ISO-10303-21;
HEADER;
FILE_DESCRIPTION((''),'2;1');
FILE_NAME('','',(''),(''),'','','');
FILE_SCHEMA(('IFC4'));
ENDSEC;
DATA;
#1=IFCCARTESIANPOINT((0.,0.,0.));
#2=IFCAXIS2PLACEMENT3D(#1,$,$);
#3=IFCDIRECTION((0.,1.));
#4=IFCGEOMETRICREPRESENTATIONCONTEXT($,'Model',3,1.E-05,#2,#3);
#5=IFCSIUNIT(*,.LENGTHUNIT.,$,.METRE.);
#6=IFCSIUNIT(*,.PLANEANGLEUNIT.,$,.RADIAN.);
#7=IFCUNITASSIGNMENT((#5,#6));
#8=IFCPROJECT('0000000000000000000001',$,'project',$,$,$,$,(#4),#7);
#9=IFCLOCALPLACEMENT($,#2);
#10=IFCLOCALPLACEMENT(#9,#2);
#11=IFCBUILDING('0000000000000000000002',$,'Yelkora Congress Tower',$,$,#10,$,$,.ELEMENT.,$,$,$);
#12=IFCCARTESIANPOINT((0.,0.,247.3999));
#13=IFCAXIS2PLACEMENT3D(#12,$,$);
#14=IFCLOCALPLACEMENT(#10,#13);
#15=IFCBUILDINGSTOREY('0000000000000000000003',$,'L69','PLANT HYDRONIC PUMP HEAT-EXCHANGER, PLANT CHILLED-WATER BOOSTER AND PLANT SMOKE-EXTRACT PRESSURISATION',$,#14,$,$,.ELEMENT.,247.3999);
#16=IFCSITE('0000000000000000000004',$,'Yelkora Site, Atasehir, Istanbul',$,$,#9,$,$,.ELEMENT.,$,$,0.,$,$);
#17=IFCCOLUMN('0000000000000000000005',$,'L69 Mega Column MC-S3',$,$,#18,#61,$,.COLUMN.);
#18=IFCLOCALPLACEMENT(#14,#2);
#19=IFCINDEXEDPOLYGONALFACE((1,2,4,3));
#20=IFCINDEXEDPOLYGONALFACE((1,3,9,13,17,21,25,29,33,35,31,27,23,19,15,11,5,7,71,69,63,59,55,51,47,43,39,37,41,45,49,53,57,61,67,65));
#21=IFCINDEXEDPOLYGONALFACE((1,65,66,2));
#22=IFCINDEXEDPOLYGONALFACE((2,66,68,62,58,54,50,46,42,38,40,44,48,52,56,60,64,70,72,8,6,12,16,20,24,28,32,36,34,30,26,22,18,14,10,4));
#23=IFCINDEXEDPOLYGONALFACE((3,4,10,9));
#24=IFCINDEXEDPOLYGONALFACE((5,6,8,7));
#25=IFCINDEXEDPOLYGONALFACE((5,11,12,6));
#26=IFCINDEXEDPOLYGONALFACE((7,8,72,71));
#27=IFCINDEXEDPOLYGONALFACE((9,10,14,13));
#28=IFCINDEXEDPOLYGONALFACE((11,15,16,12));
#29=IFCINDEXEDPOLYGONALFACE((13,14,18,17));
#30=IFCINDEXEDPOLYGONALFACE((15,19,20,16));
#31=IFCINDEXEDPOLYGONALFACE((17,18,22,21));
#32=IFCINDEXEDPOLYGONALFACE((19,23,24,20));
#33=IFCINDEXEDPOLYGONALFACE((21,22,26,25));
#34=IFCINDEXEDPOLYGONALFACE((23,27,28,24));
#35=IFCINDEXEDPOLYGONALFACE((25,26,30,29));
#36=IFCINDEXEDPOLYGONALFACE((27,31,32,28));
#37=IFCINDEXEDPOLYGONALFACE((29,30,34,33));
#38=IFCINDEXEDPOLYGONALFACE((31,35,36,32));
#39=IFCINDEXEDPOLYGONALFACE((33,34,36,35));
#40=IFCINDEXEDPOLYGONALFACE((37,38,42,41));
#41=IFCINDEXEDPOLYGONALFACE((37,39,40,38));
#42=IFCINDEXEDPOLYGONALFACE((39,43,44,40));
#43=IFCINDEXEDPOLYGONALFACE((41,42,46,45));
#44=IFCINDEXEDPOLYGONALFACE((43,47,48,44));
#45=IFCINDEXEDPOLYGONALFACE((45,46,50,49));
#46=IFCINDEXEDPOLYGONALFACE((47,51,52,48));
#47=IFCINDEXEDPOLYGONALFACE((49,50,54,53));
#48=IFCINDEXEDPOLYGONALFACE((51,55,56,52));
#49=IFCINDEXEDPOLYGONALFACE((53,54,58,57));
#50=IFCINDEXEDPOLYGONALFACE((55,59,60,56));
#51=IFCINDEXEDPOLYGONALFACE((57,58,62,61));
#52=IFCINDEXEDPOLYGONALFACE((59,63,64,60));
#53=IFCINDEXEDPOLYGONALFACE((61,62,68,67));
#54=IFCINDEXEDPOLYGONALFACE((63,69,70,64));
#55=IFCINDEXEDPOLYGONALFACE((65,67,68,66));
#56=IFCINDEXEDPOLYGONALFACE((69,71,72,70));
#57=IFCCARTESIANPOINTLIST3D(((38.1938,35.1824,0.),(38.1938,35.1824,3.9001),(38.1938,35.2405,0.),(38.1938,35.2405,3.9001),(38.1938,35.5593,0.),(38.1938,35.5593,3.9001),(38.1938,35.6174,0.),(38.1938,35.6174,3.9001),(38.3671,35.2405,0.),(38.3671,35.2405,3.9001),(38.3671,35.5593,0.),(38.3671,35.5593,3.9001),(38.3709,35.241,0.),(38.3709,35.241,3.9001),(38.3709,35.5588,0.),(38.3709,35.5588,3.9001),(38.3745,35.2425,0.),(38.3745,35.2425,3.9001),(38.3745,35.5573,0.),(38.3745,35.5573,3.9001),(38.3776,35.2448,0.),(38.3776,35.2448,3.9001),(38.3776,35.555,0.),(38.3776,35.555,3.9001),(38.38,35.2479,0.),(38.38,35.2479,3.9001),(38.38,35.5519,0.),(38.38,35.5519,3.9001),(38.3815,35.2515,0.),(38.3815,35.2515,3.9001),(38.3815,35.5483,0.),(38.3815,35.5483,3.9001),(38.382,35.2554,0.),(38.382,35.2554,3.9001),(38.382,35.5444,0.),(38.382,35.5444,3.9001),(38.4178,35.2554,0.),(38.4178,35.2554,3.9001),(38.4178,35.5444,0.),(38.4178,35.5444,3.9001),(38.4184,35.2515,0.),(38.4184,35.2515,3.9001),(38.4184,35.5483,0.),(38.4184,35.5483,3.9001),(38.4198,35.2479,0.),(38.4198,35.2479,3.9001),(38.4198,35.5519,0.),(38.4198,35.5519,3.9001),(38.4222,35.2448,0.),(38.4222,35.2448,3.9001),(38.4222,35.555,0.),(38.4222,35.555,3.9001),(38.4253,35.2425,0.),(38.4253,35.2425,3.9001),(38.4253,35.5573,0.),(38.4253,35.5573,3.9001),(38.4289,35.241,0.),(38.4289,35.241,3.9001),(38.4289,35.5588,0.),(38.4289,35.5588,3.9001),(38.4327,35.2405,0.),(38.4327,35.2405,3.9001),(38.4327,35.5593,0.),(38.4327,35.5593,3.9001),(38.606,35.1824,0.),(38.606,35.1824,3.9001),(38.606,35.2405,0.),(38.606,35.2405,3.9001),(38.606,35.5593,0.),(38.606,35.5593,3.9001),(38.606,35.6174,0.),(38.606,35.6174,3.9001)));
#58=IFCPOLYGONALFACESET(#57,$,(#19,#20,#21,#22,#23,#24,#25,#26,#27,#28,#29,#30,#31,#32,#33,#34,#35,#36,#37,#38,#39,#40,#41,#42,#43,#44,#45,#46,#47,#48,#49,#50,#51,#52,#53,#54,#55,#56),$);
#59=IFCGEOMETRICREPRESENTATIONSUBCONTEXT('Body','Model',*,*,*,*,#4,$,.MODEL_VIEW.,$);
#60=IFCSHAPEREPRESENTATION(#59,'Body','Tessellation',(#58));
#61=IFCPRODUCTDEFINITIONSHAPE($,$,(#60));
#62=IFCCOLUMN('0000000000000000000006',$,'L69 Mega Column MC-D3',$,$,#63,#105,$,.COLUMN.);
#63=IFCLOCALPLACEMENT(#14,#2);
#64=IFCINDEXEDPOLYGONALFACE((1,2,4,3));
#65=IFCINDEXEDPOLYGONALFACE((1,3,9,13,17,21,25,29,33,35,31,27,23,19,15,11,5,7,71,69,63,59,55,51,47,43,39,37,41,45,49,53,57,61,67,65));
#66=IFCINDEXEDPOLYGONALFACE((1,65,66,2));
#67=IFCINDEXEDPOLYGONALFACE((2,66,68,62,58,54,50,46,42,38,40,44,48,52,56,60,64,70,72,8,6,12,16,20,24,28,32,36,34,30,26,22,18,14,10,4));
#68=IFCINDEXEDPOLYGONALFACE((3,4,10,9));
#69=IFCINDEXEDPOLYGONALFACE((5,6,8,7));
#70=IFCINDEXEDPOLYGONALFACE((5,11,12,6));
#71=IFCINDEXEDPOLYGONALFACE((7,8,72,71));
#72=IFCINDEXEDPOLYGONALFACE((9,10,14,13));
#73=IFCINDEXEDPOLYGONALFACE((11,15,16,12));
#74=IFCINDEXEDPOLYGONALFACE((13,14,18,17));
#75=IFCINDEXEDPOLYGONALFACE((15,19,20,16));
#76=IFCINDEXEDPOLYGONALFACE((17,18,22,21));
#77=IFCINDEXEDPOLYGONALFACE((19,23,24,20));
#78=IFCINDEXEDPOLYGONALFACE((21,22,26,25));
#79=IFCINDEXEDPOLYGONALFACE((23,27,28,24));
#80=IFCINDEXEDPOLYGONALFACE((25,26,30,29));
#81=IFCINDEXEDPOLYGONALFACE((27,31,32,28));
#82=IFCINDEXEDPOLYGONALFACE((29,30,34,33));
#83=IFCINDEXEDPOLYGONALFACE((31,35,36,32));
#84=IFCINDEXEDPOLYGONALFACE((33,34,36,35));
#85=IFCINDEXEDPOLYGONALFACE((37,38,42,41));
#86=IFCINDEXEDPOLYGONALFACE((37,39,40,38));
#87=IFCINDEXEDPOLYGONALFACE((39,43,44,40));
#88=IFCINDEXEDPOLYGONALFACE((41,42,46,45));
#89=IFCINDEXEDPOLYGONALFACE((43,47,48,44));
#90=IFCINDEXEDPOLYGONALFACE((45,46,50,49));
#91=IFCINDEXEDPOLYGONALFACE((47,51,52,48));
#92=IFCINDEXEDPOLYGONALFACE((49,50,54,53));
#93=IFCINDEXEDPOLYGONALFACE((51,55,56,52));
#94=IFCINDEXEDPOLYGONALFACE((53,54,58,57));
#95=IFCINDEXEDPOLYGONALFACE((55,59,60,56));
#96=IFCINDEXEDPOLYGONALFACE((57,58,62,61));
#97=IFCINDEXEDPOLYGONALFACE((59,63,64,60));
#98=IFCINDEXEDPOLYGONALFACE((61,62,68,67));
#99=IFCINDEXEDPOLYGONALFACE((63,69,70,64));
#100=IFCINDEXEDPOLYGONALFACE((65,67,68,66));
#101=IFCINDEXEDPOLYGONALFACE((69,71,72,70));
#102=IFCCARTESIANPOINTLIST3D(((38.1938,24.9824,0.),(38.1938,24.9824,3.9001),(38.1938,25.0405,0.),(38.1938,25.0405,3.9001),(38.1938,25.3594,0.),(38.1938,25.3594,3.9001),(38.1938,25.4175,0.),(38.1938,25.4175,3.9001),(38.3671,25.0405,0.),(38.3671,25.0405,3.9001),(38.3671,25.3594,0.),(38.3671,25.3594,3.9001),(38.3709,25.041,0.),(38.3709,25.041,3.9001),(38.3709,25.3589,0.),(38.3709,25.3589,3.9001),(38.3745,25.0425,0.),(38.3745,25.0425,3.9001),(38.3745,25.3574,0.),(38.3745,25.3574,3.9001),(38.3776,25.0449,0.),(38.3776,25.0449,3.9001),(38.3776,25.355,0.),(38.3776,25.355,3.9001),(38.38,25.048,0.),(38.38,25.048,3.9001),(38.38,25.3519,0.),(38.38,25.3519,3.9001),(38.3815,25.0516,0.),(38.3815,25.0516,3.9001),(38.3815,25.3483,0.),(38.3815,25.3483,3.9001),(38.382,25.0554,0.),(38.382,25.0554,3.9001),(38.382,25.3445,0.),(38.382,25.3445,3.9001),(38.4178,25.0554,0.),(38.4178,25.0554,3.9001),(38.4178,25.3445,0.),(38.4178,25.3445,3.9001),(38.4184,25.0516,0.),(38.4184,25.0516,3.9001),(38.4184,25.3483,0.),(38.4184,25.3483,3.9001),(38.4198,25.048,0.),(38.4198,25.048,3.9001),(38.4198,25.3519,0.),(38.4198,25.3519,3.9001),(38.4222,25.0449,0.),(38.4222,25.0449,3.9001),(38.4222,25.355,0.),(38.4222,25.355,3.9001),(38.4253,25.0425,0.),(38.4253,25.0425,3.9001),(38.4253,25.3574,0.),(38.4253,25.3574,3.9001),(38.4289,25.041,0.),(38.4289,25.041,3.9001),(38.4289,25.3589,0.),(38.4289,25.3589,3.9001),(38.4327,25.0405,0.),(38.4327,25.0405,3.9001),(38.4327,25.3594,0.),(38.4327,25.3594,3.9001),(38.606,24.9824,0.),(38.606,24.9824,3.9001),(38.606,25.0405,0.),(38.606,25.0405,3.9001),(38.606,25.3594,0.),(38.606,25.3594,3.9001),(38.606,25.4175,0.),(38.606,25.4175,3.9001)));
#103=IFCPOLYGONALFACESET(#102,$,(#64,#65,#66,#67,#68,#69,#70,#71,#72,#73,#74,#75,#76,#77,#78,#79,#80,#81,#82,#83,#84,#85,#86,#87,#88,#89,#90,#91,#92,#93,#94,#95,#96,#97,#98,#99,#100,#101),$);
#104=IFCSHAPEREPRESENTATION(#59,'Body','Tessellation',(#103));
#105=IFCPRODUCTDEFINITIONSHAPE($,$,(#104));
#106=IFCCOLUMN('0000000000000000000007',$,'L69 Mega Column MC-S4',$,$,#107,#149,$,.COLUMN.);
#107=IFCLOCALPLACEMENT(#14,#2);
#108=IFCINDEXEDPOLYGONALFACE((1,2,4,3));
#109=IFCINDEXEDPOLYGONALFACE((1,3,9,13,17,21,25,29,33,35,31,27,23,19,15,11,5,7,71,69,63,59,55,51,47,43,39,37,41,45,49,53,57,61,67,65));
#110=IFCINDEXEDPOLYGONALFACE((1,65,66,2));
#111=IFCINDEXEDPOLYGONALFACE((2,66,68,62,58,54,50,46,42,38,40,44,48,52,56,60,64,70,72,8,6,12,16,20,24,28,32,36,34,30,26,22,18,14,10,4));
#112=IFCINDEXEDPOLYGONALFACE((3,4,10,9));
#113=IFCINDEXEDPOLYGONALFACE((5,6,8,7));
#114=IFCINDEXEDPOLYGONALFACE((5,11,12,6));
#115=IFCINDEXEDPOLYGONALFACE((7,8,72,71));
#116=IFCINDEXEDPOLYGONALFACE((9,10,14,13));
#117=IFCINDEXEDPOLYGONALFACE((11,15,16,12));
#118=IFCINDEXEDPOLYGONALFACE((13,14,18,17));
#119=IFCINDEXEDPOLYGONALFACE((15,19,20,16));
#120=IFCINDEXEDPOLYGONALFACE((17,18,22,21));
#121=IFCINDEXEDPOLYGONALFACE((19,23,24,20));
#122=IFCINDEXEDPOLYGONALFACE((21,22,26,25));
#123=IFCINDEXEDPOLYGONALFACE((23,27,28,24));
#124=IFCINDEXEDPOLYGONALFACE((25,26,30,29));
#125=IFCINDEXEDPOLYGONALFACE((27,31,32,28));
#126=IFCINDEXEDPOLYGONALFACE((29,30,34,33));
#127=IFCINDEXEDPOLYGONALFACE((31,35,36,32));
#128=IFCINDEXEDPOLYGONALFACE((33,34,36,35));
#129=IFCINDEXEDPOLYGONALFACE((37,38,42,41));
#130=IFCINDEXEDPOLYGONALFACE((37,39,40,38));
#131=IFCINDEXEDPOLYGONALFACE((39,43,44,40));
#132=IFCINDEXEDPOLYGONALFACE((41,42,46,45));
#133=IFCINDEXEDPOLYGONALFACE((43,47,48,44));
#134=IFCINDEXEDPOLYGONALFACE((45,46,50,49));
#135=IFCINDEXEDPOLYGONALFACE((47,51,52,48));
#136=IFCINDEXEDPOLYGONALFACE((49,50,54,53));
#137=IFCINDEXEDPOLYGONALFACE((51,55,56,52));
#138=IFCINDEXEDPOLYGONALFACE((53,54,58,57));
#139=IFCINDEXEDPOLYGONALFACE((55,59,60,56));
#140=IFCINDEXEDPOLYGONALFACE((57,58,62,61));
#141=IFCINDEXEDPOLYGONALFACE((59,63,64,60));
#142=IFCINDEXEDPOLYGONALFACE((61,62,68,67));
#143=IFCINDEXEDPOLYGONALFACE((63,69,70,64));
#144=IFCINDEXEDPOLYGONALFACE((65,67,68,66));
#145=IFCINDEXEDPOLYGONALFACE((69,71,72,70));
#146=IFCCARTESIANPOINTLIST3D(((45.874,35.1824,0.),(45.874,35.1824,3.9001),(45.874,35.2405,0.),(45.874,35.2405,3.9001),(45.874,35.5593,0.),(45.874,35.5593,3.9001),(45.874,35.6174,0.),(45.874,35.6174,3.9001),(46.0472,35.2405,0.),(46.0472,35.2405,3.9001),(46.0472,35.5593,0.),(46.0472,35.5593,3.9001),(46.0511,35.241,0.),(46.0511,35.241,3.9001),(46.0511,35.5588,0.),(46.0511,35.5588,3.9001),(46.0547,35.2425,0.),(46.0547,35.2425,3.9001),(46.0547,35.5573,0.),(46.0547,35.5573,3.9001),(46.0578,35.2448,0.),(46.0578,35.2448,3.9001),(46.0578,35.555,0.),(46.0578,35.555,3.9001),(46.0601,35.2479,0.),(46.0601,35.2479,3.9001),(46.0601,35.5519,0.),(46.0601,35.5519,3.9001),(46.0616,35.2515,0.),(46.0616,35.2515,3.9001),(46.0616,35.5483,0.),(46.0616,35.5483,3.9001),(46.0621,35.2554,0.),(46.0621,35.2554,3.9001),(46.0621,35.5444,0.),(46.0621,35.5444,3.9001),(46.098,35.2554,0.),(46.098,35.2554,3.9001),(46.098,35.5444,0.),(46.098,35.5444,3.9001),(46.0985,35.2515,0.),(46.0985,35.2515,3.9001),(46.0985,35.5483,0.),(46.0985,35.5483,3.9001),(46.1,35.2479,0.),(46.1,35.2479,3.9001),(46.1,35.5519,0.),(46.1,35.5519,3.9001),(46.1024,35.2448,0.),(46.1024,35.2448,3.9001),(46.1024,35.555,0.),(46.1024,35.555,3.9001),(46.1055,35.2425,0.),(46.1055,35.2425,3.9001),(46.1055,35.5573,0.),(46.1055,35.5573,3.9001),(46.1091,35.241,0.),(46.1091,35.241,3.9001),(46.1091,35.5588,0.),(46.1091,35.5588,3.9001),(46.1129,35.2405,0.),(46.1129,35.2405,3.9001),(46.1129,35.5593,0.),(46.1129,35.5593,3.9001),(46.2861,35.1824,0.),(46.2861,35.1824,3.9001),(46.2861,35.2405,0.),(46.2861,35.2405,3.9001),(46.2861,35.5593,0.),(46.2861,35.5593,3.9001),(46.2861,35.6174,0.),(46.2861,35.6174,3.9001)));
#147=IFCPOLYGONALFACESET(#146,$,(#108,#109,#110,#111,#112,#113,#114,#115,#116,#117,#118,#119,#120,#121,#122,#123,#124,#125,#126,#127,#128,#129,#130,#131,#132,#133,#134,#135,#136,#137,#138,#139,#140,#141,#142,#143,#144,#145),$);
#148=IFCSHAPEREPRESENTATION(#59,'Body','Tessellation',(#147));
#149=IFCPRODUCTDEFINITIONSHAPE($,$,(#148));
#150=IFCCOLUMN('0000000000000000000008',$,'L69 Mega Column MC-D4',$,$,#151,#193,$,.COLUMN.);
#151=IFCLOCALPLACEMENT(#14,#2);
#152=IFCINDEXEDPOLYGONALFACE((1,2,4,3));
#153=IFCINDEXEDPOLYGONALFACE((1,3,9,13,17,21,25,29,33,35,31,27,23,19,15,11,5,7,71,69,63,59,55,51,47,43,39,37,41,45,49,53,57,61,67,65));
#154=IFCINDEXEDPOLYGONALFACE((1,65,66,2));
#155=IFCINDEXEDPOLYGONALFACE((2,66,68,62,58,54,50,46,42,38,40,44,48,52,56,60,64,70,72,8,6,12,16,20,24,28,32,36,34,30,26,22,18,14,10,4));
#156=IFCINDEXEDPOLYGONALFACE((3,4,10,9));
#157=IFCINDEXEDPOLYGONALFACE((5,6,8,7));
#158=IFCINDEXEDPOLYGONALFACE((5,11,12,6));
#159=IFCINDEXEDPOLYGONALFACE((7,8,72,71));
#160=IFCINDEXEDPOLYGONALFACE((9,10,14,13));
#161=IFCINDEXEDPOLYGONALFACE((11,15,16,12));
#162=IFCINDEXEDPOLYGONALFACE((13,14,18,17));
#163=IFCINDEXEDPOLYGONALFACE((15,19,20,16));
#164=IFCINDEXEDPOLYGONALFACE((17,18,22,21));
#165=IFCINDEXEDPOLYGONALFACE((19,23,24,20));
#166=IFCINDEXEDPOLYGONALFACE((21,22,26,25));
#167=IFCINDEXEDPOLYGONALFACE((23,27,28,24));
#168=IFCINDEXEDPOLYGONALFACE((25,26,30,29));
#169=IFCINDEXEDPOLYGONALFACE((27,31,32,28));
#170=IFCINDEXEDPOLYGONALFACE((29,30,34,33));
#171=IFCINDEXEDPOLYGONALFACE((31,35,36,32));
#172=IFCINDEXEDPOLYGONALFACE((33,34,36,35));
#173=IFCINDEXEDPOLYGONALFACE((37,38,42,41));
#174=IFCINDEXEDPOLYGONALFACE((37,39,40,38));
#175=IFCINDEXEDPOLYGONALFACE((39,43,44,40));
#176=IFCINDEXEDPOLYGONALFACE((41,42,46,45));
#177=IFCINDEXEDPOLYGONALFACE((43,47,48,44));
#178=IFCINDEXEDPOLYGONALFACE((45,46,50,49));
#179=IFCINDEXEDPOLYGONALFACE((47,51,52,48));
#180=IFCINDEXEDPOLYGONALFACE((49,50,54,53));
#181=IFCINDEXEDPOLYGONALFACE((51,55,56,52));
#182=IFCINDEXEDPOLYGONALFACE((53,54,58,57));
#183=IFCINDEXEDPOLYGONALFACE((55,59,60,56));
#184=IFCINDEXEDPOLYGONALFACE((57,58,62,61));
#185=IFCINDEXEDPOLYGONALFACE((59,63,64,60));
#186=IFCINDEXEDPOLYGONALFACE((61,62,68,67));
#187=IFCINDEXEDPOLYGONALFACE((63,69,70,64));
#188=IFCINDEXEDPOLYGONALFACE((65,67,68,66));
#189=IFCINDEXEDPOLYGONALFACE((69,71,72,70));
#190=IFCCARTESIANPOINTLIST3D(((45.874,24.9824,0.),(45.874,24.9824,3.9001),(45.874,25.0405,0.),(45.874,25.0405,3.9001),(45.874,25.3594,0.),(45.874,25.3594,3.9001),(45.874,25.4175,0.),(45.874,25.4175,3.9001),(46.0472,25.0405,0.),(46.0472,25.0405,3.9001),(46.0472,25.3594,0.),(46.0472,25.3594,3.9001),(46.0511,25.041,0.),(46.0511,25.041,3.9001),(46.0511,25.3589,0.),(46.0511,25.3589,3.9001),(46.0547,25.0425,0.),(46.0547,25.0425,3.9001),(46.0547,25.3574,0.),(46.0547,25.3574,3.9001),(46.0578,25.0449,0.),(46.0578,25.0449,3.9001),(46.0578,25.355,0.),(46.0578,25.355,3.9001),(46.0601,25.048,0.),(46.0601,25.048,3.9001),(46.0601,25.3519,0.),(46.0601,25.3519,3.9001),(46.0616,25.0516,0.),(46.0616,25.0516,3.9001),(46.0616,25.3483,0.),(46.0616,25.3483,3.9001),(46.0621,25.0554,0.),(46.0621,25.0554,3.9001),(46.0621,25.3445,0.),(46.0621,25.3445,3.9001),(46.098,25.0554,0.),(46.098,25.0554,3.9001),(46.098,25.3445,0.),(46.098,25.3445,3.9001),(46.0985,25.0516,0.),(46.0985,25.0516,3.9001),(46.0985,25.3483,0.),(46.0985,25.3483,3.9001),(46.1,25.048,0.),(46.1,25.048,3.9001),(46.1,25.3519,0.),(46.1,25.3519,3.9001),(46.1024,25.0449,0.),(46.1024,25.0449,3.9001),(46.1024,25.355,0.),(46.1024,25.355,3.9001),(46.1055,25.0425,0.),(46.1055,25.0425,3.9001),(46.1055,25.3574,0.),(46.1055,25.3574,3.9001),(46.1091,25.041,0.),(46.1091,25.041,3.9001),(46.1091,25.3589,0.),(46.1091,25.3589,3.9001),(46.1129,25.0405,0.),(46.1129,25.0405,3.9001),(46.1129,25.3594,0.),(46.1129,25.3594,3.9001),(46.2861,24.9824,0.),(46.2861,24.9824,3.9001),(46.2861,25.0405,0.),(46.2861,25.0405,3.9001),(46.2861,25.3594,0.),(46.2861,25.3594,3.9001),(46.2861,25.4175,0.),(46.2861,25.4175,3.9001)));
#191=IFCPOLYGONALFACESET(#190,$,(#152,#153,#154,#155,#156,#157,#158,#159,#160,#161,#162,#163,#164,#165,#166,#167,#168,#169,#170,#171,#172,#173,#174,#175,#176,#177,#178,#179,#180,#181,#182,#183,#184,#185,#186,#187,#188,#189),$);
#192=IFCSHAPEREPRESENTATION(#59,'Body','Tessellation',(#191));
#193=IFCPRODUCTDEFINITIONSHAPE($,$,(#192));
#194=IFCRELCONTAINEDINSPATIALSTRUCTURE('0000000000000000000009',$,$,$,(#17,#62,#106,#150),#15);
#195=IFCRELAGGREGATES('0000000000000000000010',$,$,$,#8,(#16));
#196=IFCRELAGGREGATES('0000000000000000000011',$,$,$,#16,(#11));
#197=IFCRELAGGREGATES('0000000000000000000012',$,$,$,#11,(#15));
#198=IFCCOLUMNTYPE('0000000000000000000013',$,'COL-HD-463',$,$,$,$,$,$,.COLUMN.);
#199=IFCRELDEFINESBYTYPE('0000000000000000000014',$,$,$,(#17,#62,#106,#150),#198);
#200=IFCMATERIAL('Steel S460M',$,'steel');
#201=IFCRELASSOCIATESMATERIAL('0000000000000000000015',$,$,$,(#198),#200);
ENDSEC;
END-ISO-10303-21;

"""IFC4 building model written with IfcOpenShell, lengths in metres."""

from ifc_helpers import new_model, si_unit, direction, frame, origin, origin_2d, place, context, subcontext, project, spatial, i_section, extrude, material, material_profile, profile_set, type_object, element, save


model = new_model("IFC4")

# Units and contexts
model_context = context("Model", 3, precision=1e-05, world=origin(), true_north=direction((0.0, 1.0)))
body_context = subcontext(model_context, "Body", "Model", "MODEL_VIEW")
ifc_project = project(units=[si_unit("LENGTHUNIT", "METRE"), si_unit("PLANEANGLEUNIT", "RADIAN")], contexts=[model_context])

# Site, building, storey
site_placement = place(None, origin())
site = spatial("IfcSite", under=ifc_project, at=site_placement, Name="Yelkora Site, Atasehir, Istanbul", CompositionType="ELEMENT", RefElevation=0.0)
building_placement = place(site_placement, origin())
building = spatial("IfcBuilding", under=site, at=building_placement, Name="Yelkora Congress Tower", CompositionType="ELEMENT")
storey_placement = place(building_placement, frame((0.0, 0.0, 247.3999)))
storey = spatial("IfcBuildingStorey", under=building, at=storey_placement, Name="L69", Description="PLANT HYDRONIC PUMP HEAT-EXCHANGER, PLANT CHILLED-WATER BOOSTER AND PLANT SMOKE-EXTRACT PRESSURISATION", CompositionType="ELEMENT", Elevation=247.3999)

# Columns
ifc_material_1 = material(Name="Steel S460M", Category="steel")
ifc_material_profile_1 = material_profile(ifc_material_1, i_section(OverallWidth=0.4121, OverallDepth=0.4351, WebThickness=0.0359, FlangeThickness=0.0581, FilletRadius=0.0149, at=origin_2d()), Name="HD 400x463")
ifc_profile_set_1 = profile_set([ifc_material_profile_1], Name="Steel S460M")
column_type = type_object("IfcColumnType", Name="COL-HD-463", PredefinedType="COLUMN", material=ifc_profile_set_1)
for number, where, z_axis, x_axis, name in (
    (1, (38.3999, 35.3999, 0.0), (0.0, 0.0, 1.0), (1.0, 0.0, 0.0), "L69 Mega Column MC-S3"),
    (2, (38.3999, 25.2, 0.0), (0.0, 0.0, 1.0), (1.0, 0.0, 0.0), "L69 Mega Column MC-D3"),
    (3, (46.0801, 35.3999, 0.0), (0.0, 0.0, 1.0), (1.0, 0.0, 0.0), "L69 Mega Column MC-S4"),
    (4, (46.0801, 25.2, 0.0), (0.0, 0.0, 1.0), (1.0, 0.0, 0.0), "L69 Mega Column MC-D4"),
):
    element("IfcColumn", number, at=place(storey_placement, frame(where, z_axis=z_axis, x_axis=x_axis)), inside=storey, type_object=column_type, Name=name, PredefinedType="COLUMN", context=body_context, shape_type="SweptSolid", body=[
        extrude(i_section(OverallWidth=0.4121, OverallDepth=0.4351, WebThickness=0.0359, FlangeThickness=0.0581, FilletRadius=0.0149, at=origin_2d()), origin(), (0.0, 0.0, 1.0), 3.9001),
    ])

save(model, "model.ifc")
